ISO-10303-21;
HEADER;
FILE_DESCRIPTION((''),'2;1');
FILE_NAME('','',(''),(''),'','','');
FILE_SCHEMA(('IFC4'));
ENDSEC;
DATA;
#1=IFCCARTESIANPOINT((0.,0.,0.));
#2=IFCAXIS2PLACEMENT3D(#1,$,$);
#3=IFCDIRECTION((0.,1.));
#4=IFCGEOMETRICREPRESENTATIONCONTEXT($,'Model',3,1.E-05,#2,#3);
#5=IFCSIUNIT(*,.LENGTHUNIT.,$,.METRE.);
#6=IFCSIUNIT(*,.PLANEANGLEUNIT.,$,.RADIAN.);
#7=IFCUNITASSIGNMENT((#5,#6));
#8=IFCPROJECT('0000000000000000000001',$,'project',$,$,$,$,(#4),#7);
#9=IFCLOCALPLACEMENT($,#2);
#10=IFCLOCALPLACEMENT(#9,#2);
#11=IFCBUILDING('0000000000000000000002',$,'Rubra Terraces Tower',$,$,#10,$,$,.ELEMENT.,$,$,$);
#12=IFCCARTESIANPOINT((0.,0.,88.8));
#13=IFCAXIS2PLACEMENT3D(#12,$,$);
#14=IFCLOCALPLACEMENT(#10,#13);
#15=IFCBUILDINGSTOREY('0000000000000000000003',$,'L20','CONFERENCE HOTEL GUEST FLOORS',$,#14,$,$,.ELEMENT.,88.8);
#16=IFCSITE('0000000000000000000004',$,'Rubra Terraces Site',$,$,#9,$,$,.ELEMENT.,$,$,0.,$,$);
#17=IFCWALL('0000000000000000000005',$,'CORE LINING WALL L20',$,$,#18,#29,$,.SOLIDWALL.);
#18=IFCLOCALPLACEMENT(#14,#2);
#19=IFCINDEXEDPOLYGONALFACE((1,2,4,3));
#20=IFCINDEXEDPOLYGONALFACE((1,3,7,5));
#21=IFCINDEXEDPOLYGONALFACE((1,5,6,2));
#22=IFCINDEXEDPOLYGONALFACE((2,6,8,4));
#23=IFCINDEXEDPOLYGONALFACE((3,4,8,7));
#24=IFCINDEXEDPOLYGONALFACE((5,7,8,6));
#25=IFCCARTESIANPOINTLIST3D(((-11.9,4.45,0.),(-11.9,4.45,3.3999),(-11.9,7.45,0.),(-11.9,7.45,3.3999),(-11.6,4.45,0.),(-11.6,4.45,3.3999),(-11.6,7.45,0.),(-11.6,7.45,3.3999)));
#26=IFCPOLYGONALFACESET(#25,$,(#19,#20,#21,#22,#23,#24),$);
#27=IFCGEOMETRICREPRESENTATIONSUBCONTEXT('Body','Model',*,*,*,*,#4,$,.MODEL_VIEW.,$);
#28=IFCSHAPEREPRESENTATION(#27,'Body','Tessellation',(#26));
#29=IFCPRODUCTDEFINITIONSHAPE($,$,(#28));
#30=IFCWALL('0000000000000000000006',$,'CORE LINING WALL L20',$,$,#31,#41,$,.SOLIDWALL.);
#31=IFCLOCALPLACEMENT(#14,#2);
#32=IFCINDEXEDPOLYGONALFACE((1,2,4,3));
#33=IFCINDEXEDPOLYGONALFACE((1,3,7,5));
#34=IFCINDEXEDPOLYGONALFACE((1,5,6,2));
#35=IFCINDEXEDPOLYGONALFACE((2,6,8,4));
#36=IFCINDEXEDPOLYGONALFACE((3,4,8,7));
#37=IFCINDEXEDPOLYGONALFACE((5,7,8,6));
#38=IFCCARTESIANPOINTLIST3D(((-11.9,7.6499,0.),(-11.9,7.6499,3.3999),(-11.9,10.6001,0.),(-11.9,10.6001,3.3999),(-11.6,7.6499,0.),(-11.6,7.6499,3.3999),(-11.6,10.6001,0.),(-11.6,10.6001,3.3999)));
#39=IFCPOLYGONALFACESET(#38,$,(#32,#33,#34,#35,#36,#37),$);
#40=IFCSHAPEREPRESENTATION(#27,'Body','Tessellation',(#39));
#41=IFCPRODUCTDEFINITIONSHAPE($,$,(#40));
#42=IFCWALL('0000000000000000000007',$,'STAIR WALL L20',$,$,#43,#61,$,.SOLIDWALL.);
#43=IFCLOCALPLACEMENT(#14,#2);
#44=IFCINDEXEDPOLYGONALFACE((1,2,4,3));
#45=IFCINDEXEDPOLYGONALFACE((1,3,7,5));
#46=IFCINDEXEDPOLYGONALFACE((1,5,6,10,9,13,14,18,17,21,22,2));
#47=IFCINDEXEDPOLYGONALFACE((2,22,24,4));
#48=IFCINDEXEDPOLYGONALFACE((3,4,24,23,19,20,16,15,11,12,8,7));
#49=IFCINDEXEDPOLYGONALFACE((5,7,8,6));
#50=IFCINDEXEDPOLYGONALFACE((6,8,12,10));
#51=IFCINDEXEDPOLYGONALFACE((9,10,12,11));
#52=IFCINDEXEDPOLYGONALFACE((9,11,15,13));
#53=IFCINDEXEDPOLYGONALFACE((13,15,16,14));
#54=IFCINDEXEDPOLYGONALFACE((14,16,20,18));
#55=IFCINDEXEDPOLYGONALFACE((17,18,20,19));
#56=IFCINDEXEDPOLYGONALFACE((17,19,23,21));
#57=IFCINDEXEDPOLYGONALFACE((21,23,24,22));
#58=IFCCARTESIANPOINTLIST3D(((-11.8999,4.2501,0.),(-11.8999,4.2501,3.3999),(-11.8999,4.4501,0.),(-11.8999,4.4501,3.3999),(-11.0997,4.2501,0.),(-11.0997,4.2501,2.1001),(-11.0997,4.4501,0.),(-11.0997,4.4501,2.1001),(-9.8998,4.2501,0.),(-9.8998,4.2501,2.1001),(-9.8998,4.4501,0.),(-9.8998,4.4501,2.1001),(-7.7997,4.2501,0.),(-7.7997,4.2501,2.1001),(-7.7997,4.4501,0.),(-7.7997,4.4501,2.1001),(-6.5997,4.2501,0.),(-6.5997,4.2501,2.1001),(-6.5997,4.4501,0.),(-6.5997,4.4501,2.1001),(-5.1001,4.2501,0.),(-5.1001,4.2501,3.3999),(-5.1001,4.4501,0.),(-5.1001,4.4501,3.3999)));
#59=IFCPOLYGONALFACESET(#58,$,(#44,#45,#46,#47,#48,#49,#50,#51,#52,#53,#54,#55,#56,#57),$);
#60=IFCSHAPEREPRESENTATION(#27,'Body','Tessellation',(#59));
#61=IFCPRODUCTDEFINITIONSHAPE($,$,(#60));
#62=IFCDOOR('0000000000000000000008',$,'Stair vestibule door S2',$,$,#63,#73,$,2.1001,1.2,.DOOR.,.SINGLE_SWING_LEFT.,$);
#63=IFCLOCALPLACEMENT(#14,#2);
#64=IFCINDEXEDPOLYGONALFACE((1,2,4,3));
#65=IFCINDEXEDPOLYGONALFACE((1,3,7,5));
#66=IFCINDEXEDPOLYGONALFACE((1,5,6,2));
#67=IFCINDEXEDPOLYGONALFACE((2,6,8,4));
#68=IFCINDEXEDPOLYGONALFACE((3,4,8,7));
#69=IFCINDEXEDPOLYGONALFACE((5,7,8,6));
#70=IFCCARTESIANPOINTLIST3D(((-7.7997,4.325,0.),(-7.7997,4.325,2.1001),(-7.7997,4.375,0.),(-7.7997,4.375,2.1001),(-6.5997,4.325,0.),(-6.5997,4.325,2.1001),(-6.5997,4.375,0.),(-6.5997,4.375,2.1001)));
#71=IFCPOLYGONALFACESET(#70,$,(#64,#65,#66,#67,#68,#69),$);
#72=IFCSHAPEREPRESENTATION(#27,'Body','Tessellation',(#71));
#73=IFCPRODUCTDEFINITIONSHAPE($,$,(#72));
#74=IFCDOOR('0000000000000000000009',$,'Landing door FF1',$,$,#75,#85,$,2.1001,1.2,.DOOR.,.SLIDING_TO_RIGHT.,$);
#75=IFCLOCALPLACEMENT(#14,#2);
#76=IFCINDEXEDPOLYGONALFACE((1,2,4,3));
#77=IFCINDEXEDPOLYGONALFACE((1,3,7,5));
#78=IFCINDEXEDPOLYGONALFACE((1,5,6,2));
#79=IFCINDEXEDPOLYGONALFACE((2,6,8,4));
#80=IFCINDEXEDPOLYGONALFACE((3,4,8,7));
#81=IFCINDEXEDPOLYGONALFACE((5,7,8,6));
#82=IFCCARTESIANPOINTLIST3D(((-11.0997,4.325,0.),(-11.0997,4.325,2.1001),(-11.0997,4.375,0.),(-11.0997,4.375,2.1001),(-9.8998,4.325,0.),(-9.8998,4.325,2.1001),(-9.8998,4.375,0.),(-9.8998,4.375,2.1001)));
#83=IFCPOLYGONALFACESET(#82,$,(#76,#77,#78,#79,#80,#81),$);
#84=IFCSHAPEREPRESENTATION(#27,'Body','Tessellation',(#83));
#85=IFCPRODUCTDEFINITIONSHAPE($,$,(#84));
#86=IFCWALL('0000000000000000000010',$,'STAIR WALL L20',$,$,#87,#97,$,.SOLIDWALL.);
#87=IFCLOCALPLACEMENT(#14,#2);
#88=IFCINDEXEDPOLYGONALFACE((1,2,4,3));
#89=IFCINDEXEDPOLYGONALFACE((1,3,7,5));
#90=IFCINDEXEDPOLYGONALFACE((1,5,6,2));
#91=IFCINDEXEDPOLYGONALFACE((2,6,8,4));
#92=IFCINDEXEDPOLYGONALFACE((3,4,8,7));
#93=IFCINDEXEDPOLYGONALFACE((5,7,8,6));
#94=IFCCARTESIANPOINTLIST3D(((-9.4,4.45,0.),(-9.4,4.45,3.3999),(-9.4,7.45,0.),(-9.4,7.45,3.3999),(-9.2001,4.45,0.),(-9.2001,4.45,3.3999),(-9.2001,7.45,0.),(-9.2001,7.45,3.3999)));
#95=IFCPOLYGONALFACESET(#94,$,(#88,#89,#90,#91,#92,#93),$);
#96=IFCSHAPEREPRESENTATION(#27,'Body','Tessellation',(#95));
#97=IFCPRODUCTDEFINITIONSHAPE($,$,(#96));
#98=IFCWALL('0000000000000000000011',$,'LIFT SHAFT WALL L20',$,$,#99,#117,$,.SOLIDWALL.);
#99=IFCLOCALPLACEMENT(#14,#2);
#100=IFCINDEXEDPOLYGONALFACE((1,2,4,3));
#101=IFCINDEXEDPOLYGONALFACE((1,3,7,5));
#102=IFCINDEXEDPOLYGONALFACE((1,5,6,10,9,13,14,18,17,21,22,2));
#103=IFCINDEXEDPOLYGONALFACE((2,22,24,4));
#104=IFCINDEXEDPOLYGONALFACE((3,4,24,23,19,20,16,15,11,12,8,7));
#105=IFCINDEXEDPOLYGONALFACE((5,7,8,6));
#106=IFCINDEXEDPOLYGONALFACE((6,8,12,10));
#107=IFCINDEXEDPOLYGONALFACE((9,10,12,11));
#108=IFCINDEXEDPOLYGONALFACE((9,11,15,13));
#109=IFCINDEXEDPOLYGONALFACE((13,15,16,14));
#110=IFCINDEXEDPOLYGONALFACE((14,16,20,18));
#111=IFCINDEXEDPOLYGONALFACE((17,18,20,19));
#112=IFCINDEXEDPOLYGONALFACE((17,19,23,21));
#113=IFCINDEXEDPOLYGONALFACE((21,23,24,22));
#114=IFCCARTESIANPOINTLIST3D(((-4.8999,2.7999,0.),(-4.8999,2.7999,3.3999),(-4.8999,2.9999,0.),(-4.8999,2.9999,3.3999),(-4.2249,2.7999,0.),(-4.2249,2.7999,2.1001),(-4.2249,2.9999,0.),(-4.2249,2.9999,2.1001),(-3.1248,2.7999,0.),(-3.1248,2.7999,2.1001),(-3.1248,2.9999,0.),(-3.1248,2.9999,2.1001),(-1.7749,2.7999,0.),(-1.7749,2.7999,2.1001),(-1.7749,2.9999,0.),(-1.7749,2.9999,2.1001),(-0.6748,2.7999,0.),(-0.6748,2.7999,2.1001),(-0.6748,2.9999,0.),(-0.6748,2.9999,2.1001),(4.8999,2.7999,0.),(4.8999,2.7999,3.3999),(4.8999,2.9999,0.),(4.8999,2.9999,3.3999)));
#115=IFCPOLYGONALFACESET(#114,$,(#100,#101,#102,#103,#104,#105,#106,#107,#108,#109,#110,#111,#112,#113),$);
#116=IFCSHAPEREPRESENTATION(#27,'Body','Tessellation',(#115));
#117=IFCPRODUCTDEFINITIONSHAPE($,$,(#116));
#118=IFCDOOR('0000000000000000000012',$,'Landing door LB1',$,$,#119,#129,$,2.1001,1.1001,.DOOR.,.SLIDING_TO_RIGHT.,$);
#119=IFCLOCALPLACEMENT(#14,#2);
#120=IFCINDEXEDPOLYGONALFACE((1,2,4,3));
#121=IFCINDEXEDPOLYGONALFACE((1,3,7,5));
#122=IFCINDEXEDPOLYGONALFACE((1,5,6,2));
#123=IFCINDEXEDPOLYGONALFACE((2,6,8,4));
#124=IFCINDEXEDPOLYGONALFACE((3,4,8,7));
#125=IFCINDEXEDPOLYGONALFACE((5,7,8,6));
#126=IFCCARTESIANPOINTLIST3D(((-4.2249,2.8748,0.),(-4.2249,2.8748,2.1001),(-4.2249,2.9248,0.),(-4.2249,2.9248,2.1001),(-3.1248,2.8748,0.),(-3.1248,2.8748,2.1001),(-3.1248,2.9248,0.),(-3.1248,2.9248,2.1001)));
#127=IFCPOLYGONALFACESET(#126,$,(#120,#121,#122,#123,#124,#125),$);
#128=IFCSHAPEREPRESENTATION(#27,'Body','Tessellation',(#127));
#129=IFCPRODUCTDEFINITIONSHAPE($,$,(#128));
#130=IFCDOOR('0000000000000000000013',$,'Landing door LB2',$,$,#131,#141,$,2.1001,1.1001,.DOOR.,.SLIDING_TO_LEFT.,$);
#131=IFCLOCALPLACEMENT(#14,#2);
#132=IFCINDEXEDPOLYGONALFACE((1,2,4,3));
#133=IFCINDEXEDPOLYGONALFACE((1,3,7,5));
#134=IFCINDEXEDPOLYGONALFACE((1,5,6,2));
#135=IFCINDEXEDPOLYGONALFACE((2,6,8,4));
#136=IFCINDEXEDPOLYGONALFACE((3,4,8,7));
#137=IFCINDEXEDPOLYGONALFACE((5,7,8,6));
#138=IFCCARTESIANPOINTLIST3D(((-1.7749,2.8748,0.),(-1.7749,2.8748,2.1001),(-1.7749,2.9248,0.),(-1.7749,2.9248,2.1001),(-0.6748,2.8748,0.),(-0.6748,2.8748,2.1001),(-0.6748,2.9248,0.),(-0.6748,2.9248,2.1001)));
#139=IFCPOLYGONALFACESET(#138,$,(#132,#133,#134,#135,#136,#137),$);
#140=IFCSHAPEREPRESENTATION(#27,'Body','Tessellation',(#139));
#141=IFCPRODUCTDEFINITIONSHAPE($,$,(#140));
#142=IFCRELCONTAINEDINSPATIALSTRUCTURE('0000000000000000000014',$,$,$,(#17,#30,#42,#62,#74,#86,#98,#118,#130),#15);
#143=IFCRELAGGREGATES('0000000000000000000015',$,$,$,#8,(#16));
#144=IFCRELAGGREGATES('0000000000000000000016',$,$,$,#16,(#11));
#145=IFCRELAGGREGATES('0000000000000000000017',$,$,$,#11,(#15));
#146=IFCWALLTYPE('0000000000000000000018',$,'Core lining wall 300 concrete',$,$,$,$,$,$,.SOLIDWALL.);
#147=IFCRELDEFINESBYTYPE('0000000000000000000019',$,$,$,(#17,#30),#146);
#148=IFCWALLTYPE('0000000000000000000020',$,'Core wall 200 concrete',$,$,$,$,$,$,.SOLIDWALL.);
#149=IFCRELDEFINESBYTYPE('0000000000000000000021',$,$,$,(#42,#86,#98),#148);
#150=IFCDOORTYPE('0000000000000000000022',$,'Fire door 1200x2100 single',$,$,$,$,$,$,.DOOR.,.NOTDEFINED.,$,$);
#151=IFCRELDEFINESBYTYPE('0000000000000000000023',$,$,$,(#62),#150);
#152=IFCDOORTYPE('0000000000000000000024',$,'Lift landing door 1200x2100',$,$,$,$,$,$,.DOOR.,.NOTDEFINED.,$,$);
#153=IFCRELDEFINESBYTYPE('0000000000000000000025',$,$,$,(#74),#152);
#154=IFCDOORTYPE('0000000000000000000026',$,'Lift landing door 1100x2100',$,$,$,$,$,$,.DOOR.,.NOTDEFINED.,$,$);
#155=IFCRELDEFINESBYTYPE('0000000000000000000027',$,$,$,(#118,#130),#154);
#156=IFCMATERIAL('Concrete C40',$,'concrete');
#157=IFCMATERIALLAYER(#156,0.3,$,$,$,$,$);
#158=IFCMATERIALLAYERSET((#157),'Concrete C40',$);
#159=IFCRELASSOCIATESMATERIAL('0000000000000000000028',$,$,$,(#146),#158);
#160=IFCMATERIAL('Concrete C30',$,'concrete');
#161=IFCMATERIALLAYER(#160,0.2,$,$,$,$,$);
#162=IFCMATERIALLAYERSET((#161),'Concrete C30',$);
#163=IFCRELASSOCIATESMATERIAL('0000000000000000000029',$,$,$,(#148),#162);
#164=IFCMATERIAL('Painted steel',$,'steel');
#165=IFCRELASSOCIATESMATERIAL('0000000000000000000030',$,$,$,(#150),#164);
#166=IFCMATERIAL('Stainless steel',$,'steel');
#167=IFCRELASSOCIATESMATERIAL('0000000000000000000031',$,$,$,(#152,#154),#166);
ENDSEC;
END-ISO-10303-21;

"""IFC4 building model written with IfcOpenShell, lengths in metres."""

from ifc_helpers import new_model, si_unit, direction, frame, frame_2d, origin, place, context, subcontext, project, spatial, rectangle, extrude, material, layer, layer_set, type_object, element, fill, save


model = new_model("IFC4")

# Units and contexts
model_context = context("Model", 3, precision=1e-05, world=origin(), true_north=direction((0.0, 1.0)))
body_context = subcontext(model_context, "Body", "Model", "MODEL_VIEW")
ifc_project = project(units=[si_unit("LENGTHUNIT", "METRE"), si_unit("PLANEANGLEUNIT", "RADIAN")], contexts=[model_context])

# Site, building, storey
site_placement = place(None, origin())
site = spatial("IfcSite", under=ifc_project, at=site_placement, Name="Rubra Terraces Site", CompositionType="ELEMENT", RefElevation=0.0)
building_placement = place(site_placement, origin())
building = spatial("IfcBuilding", under=site, at=building_placement, Name="Rubra Terraces Tower", CompositionType="ELEMENT")
storey_placement = place(building_placement, frame((0.0, 0.0, 88.8)))
storey = spatial("IfcBuildingStorey", under=building, at=storey_placement, Name="L20", Description="CONFERENCE HOTEL GUEST FLOORS", CompositionType="ELEMENT", Elevation=88.8)

# Walls
ifc_material_1 = material(Name="Concrete C40", Category="concrete")
ifc_layer_1 = layer(ifc_material_1, 0.3)
ifc_layer_set_1 = layer_set([ifc_layer_1], Name="Concrete C40")
wall_type_1 = type_object("IfcWallType", Name="Core lining wall 300 concrete", PredefinedType="SOLIDWALL", material=ifc_layer_set_1)
wall_1_placement = place(storey_placement, frame((-11.75, 4.45, 0.0), z_axis=(0.0, 0.0, 1.0), x_axis=(0.0, 1.0, 0.0)))
element("IfcWall", 1, at=wall_1_placement, inside=storey, type_object=wall_type_1, Name="CORE LINING WALL L20", PredefinedType="SOLIDWALL", context=body_context, shape_type="SweptSolid", body=[
    extrude(rectangle(XDim=3.0, YDim=0.3, at=frame_2d((1.5, 0.0))), origin(), (0.0, 0.0, 1.0), 3.3999),
])
wall_2_placement = place(storey_placement, frame((-11.75, 7.6499, 0.0), z_axis=(0.0, 0.0, 1.0), x_axis=(0.0, 1.0, 0.0)))
element("IfcWall", 2, at=wall_2_placement, inside=storey, type_object=wall_type_1, Name="CORE LINING WALL L20", PredefinedType="SOLIDWALL", context=body_context, shape_type="SweptSolid", body=[
    extrude(rectangle(XDim=2.9502, YDim=0.3, at=frame_2d((1.4751, 0.0))), origin(), (0.0, 0.0, 1.0), 3.3999),
])

# Wall, openings, doors
ifc_material_2 = material(Name="Concrete C30", Category="concrete")
ifc_layer_2 = layer(ifc_material_2, 0.2)
ifc_layer_set_2 = layer_set([ifc_layer_2], Name="Concrete C30")
wall_type_2 = type_object("IfcWallType", Name="Core wall 200 concrete", PredefinedType="SOLIDWALL", material=ifc_layer_set_2)
wall_3_placement = place(storey_placement, frame((-11.8999, 4.3501, 0.0), z_axis=(0.0, 0.0, 1.0), x_axis=(1.0, 0.0, 0.0)))
wall_3 = element("IfcWall", 3, at=wall_3_placement, inside=storey, type_object=wall_type_2, Name="STAIR WALL L20", PredefinedType="SOLIDWALL", context=body_context, shape_type="SweptSolid", body=[
    extrude(rectangle(XDim=6.7998, YDim=0.2, at=frame_2d((3.3999, 0.0))), origin(), (0.0, 0.0, 1.0), 3.3999),
])
opening_1_placement = place(wall_3_placement, frame((4.1001, 0.0, 0.0)))
opening_1 = element("IfcOpeningElement", 4, at=opening_1_placement, cuts=wall_3, PredefinedType="OPENING", context=body_context, shape_type="SweptSolid", body=[
    extrude(rectangle(XDim=1.2, YDim=2.1001, at=frame_2d((0.6001, 1.05))), frame((0.0, 0.1099, 0.0), z_axis=(0.0, -1.0, 0.0), x_axis=(1.0, 0.0, 0.0)), (0.0, 0.0, 1.0), 0.22),
])
opening_2_placement = place(wall_3_placement, frame((0.8, 0.0, 0.0)))
opening_2 = element("IfcOpeningElement", 5, at=opening_2_placement, cuts=wall_3, PredefinedType="OPENING", context=body_context, shape_type="SweptSolid", body=[
    extrude(rectangle(XDim=1.2, YDim=2.1001, at=frame_2d((0.6001, 1.05))), frame((0.0, 0.1099, 0.0), z_axis=(0.0, -1.0, 0.0), x_axis=(1.0, 0.0, 0.0)), (0.0, 0.0, 1.0), 0.22),
])
ifc_material_3 = material(Name="Painted steel", Category="steel")
door_type_1 = type_object("IfcDoorType", Name="Fire door 1200x2100 single", OperationType="NOTDEFINED", PredefinedType="DOOR", material=ifc_material_3)
door_1_placement = place(opening_1_placement, origin())
door_1 = element("IfcDoor", 6, at=door_1_placement, inside=storey, type_object=door_type_1, Name="Stair vestibule door S2", OperationType="SINGLE_SWING_LEFT", OverallHeight=2.1001, OverallWidth=1.2, PredefinedType="DOOR", context=body_context, shape_type="SweptSolid", body=[
    extrude(rectangle(XDim=1.2, YDim=2.1001, at=frame_2d((0.6001, 1.05))), frame((0.0, 0.0249, 0.0), z_axis=(0.0, -1.0, 0.0), x_axis=(1.0, 0.0, 0.0)), (0.0, 0.0, 1.0), 0.05),
])
fill(opening_1, door_1)
ifc_material_4 = material(Name="Stainless steel", Category="steel")
door_type_2 = type_object("IfcDoorType", Name="Lift landing door 1200x2100", OperationType="NOTDEFINED", PredefinedType="DOOR", material=ifc_material_4)
door_2_placement = place(opening_2_placement, origin())
door_2 = element("IfcDoor", 7, at=door_2_placement, inside=storey, type_object=door_type_2, Name="Landing door FF1", OperationType="SLIDING_TO_RIGHT", OverallHeight=2.1001, OverallWidth=1.2, PredefinedType="DOOR", context=body_context, shape_type="SweptSolid", body=[
    extrude(rectangle(XDim=1.2, YDim=2.1001, at=frame_2d((0.6001, 1.05))), frame((0.0, 0.0249, 0.0), z_axis=(0.0, -1.0, 0.0), x_axis=(1.0, 0.0, 0.0)), (0.0, 0.0, 1.0), 0.05),
])
fill(opening_2, door_2)

# Wall
wall_4_placement = place(storey_placement, frame((-9.3, 4.45, 0.0), z_axis=(0.0, 0.0, 1.0), x_axis=(0.0, 1.0, 0.0)))
element("IfcWall", 8, at=wall_4_placement, inside=storey, type_object=wall_type_2, Name="STAIR WALL L20", PredefinedType="SOLIDWALL", context=body_context, shape_type="SweptSolid", body=[
    extrude(rectangle(XDim=3.0, YDim=0.2, at=frame_2d((1.5, 0.0))), origin(), (0.0, 0.0, 1.0), 3.3999),
])

# Wall, openings, doors
wall_5_placement = place(storey_placement, frame((-4.8999, 2.8999, 0.0), z_axis=(0.0, 0.0, 1.0), x_axis=(1.0, 0.0, 0.0)))
wall_5 = element("IfcWall", 9, at=wall_5_placement, inside=storey, type_object=wall_type_2, Name="LIFT SHAFT WALL L20", PredefinedType="SOLIDWALL", context=body_context, shape_type="SweptSolid", body=[
    extrude(rectangle(XDim=9.7998, YDim=0.2, at=frame_2d((4.8999, 0.0))), origin(), (0.0, 0.0, 1.0), 3.3999),
])
opening_3_placement = place(wall_5_placement, frame((0.675, 0.0, 0.0)))
opening_3 = element("IfcOpeningElement", 10, at=opening_3_placement, cuts=wall_5, PredefinedType="OPENING", context=body_context, shape_type="SweptSolid", body=[
    extrude(rectangle(XDim=1.1001, YDim=2.1001, at=frame_2d((0.55, 1.05))), frame((0.0, 0.1099, 0.0), z_axis=(0.0, -1.0, 0.0), x_axis=(1.0, 0.0, 0.0)), (0.0, 0.0, 1.0), 0.22),
])
opening_4_placement = place(wall_5_placement, frame((3.125, 0.0, 0.0)))
opening_4 = element("IfcOpeningElement", 11, at=opening_4_placement, cuts=wall_5, PredefinedType="OPENING", context=body_context, shape_type="SweptSolid", body=[
    extrude(rectangle(XDim=1.1001, YDim=2.1001, at=frame_2d((0.55, 1.05))), frame((0.0, 0.1099, 0.0), z_axis=(0.0, -1.0, 0.0), x_axis=(1.0, 0.0, 0.0)), (0.0, 0.0, 1.0), 0.22),
])
door_type_3 = type_object("IfcDoorType", Name="Lift landing door 1100x2100", OperationType="NOTDEFINED", PredefinedType="DOOR", material=ifc_material_4)
door_3_placement = place(opening_3_placement, origin())
door_3 = element("IfcDoor", 12, at=door_3_placement, inside=storey, type_object=door_type_3, Name="Landing door LB1", OperationType="SLIDING_TO_RIGHT", OverallHeight=2.1001, OverallWidth=1.1001, PredefinedType="DOOR", context=body_context, shape_type="SweptSolid", body=[
    extrude(rectangle(XDim=1.1001, YDim=2.1001, at=frame_2d((0.55, 1.05))), frame((0.0, 0.0249, 0.0), z_axis=(0.0, -1.0, 0.0), x_axis=(1.0, 0.0, 0.0)), (0.0, 0.0, 1.0), 0.05),
])
fill(opening_3, door_3)
door_4_placement = place(opening_4_placement, origin())
door_4 = element("IfcDoor", 13, at=door_4_placement, inside=storey, type_object=door_type_3, Name="Landing door LB2", OperationType="SLIDING_TO_LEFT", OverallHeight=2.1001, OverallWidth=1.1001, PredefinedType="DOOR", context=body_context, shape_type="SweptSolid", body=[
    extrude(rectangle(XDim=1.1001, YDim=2.1001, at=frame_2d((0.55, 1.05))), frame((0.0, 0.0249, 0.0), z_axis=(0.0, -1.0, 0.0), x_axis=(1.0, 0.0, 0.0)), (0.0, 0.0, 1.0), 0.05),
])
fill(opening_4, door_4)

save(model, "model.ifc")
